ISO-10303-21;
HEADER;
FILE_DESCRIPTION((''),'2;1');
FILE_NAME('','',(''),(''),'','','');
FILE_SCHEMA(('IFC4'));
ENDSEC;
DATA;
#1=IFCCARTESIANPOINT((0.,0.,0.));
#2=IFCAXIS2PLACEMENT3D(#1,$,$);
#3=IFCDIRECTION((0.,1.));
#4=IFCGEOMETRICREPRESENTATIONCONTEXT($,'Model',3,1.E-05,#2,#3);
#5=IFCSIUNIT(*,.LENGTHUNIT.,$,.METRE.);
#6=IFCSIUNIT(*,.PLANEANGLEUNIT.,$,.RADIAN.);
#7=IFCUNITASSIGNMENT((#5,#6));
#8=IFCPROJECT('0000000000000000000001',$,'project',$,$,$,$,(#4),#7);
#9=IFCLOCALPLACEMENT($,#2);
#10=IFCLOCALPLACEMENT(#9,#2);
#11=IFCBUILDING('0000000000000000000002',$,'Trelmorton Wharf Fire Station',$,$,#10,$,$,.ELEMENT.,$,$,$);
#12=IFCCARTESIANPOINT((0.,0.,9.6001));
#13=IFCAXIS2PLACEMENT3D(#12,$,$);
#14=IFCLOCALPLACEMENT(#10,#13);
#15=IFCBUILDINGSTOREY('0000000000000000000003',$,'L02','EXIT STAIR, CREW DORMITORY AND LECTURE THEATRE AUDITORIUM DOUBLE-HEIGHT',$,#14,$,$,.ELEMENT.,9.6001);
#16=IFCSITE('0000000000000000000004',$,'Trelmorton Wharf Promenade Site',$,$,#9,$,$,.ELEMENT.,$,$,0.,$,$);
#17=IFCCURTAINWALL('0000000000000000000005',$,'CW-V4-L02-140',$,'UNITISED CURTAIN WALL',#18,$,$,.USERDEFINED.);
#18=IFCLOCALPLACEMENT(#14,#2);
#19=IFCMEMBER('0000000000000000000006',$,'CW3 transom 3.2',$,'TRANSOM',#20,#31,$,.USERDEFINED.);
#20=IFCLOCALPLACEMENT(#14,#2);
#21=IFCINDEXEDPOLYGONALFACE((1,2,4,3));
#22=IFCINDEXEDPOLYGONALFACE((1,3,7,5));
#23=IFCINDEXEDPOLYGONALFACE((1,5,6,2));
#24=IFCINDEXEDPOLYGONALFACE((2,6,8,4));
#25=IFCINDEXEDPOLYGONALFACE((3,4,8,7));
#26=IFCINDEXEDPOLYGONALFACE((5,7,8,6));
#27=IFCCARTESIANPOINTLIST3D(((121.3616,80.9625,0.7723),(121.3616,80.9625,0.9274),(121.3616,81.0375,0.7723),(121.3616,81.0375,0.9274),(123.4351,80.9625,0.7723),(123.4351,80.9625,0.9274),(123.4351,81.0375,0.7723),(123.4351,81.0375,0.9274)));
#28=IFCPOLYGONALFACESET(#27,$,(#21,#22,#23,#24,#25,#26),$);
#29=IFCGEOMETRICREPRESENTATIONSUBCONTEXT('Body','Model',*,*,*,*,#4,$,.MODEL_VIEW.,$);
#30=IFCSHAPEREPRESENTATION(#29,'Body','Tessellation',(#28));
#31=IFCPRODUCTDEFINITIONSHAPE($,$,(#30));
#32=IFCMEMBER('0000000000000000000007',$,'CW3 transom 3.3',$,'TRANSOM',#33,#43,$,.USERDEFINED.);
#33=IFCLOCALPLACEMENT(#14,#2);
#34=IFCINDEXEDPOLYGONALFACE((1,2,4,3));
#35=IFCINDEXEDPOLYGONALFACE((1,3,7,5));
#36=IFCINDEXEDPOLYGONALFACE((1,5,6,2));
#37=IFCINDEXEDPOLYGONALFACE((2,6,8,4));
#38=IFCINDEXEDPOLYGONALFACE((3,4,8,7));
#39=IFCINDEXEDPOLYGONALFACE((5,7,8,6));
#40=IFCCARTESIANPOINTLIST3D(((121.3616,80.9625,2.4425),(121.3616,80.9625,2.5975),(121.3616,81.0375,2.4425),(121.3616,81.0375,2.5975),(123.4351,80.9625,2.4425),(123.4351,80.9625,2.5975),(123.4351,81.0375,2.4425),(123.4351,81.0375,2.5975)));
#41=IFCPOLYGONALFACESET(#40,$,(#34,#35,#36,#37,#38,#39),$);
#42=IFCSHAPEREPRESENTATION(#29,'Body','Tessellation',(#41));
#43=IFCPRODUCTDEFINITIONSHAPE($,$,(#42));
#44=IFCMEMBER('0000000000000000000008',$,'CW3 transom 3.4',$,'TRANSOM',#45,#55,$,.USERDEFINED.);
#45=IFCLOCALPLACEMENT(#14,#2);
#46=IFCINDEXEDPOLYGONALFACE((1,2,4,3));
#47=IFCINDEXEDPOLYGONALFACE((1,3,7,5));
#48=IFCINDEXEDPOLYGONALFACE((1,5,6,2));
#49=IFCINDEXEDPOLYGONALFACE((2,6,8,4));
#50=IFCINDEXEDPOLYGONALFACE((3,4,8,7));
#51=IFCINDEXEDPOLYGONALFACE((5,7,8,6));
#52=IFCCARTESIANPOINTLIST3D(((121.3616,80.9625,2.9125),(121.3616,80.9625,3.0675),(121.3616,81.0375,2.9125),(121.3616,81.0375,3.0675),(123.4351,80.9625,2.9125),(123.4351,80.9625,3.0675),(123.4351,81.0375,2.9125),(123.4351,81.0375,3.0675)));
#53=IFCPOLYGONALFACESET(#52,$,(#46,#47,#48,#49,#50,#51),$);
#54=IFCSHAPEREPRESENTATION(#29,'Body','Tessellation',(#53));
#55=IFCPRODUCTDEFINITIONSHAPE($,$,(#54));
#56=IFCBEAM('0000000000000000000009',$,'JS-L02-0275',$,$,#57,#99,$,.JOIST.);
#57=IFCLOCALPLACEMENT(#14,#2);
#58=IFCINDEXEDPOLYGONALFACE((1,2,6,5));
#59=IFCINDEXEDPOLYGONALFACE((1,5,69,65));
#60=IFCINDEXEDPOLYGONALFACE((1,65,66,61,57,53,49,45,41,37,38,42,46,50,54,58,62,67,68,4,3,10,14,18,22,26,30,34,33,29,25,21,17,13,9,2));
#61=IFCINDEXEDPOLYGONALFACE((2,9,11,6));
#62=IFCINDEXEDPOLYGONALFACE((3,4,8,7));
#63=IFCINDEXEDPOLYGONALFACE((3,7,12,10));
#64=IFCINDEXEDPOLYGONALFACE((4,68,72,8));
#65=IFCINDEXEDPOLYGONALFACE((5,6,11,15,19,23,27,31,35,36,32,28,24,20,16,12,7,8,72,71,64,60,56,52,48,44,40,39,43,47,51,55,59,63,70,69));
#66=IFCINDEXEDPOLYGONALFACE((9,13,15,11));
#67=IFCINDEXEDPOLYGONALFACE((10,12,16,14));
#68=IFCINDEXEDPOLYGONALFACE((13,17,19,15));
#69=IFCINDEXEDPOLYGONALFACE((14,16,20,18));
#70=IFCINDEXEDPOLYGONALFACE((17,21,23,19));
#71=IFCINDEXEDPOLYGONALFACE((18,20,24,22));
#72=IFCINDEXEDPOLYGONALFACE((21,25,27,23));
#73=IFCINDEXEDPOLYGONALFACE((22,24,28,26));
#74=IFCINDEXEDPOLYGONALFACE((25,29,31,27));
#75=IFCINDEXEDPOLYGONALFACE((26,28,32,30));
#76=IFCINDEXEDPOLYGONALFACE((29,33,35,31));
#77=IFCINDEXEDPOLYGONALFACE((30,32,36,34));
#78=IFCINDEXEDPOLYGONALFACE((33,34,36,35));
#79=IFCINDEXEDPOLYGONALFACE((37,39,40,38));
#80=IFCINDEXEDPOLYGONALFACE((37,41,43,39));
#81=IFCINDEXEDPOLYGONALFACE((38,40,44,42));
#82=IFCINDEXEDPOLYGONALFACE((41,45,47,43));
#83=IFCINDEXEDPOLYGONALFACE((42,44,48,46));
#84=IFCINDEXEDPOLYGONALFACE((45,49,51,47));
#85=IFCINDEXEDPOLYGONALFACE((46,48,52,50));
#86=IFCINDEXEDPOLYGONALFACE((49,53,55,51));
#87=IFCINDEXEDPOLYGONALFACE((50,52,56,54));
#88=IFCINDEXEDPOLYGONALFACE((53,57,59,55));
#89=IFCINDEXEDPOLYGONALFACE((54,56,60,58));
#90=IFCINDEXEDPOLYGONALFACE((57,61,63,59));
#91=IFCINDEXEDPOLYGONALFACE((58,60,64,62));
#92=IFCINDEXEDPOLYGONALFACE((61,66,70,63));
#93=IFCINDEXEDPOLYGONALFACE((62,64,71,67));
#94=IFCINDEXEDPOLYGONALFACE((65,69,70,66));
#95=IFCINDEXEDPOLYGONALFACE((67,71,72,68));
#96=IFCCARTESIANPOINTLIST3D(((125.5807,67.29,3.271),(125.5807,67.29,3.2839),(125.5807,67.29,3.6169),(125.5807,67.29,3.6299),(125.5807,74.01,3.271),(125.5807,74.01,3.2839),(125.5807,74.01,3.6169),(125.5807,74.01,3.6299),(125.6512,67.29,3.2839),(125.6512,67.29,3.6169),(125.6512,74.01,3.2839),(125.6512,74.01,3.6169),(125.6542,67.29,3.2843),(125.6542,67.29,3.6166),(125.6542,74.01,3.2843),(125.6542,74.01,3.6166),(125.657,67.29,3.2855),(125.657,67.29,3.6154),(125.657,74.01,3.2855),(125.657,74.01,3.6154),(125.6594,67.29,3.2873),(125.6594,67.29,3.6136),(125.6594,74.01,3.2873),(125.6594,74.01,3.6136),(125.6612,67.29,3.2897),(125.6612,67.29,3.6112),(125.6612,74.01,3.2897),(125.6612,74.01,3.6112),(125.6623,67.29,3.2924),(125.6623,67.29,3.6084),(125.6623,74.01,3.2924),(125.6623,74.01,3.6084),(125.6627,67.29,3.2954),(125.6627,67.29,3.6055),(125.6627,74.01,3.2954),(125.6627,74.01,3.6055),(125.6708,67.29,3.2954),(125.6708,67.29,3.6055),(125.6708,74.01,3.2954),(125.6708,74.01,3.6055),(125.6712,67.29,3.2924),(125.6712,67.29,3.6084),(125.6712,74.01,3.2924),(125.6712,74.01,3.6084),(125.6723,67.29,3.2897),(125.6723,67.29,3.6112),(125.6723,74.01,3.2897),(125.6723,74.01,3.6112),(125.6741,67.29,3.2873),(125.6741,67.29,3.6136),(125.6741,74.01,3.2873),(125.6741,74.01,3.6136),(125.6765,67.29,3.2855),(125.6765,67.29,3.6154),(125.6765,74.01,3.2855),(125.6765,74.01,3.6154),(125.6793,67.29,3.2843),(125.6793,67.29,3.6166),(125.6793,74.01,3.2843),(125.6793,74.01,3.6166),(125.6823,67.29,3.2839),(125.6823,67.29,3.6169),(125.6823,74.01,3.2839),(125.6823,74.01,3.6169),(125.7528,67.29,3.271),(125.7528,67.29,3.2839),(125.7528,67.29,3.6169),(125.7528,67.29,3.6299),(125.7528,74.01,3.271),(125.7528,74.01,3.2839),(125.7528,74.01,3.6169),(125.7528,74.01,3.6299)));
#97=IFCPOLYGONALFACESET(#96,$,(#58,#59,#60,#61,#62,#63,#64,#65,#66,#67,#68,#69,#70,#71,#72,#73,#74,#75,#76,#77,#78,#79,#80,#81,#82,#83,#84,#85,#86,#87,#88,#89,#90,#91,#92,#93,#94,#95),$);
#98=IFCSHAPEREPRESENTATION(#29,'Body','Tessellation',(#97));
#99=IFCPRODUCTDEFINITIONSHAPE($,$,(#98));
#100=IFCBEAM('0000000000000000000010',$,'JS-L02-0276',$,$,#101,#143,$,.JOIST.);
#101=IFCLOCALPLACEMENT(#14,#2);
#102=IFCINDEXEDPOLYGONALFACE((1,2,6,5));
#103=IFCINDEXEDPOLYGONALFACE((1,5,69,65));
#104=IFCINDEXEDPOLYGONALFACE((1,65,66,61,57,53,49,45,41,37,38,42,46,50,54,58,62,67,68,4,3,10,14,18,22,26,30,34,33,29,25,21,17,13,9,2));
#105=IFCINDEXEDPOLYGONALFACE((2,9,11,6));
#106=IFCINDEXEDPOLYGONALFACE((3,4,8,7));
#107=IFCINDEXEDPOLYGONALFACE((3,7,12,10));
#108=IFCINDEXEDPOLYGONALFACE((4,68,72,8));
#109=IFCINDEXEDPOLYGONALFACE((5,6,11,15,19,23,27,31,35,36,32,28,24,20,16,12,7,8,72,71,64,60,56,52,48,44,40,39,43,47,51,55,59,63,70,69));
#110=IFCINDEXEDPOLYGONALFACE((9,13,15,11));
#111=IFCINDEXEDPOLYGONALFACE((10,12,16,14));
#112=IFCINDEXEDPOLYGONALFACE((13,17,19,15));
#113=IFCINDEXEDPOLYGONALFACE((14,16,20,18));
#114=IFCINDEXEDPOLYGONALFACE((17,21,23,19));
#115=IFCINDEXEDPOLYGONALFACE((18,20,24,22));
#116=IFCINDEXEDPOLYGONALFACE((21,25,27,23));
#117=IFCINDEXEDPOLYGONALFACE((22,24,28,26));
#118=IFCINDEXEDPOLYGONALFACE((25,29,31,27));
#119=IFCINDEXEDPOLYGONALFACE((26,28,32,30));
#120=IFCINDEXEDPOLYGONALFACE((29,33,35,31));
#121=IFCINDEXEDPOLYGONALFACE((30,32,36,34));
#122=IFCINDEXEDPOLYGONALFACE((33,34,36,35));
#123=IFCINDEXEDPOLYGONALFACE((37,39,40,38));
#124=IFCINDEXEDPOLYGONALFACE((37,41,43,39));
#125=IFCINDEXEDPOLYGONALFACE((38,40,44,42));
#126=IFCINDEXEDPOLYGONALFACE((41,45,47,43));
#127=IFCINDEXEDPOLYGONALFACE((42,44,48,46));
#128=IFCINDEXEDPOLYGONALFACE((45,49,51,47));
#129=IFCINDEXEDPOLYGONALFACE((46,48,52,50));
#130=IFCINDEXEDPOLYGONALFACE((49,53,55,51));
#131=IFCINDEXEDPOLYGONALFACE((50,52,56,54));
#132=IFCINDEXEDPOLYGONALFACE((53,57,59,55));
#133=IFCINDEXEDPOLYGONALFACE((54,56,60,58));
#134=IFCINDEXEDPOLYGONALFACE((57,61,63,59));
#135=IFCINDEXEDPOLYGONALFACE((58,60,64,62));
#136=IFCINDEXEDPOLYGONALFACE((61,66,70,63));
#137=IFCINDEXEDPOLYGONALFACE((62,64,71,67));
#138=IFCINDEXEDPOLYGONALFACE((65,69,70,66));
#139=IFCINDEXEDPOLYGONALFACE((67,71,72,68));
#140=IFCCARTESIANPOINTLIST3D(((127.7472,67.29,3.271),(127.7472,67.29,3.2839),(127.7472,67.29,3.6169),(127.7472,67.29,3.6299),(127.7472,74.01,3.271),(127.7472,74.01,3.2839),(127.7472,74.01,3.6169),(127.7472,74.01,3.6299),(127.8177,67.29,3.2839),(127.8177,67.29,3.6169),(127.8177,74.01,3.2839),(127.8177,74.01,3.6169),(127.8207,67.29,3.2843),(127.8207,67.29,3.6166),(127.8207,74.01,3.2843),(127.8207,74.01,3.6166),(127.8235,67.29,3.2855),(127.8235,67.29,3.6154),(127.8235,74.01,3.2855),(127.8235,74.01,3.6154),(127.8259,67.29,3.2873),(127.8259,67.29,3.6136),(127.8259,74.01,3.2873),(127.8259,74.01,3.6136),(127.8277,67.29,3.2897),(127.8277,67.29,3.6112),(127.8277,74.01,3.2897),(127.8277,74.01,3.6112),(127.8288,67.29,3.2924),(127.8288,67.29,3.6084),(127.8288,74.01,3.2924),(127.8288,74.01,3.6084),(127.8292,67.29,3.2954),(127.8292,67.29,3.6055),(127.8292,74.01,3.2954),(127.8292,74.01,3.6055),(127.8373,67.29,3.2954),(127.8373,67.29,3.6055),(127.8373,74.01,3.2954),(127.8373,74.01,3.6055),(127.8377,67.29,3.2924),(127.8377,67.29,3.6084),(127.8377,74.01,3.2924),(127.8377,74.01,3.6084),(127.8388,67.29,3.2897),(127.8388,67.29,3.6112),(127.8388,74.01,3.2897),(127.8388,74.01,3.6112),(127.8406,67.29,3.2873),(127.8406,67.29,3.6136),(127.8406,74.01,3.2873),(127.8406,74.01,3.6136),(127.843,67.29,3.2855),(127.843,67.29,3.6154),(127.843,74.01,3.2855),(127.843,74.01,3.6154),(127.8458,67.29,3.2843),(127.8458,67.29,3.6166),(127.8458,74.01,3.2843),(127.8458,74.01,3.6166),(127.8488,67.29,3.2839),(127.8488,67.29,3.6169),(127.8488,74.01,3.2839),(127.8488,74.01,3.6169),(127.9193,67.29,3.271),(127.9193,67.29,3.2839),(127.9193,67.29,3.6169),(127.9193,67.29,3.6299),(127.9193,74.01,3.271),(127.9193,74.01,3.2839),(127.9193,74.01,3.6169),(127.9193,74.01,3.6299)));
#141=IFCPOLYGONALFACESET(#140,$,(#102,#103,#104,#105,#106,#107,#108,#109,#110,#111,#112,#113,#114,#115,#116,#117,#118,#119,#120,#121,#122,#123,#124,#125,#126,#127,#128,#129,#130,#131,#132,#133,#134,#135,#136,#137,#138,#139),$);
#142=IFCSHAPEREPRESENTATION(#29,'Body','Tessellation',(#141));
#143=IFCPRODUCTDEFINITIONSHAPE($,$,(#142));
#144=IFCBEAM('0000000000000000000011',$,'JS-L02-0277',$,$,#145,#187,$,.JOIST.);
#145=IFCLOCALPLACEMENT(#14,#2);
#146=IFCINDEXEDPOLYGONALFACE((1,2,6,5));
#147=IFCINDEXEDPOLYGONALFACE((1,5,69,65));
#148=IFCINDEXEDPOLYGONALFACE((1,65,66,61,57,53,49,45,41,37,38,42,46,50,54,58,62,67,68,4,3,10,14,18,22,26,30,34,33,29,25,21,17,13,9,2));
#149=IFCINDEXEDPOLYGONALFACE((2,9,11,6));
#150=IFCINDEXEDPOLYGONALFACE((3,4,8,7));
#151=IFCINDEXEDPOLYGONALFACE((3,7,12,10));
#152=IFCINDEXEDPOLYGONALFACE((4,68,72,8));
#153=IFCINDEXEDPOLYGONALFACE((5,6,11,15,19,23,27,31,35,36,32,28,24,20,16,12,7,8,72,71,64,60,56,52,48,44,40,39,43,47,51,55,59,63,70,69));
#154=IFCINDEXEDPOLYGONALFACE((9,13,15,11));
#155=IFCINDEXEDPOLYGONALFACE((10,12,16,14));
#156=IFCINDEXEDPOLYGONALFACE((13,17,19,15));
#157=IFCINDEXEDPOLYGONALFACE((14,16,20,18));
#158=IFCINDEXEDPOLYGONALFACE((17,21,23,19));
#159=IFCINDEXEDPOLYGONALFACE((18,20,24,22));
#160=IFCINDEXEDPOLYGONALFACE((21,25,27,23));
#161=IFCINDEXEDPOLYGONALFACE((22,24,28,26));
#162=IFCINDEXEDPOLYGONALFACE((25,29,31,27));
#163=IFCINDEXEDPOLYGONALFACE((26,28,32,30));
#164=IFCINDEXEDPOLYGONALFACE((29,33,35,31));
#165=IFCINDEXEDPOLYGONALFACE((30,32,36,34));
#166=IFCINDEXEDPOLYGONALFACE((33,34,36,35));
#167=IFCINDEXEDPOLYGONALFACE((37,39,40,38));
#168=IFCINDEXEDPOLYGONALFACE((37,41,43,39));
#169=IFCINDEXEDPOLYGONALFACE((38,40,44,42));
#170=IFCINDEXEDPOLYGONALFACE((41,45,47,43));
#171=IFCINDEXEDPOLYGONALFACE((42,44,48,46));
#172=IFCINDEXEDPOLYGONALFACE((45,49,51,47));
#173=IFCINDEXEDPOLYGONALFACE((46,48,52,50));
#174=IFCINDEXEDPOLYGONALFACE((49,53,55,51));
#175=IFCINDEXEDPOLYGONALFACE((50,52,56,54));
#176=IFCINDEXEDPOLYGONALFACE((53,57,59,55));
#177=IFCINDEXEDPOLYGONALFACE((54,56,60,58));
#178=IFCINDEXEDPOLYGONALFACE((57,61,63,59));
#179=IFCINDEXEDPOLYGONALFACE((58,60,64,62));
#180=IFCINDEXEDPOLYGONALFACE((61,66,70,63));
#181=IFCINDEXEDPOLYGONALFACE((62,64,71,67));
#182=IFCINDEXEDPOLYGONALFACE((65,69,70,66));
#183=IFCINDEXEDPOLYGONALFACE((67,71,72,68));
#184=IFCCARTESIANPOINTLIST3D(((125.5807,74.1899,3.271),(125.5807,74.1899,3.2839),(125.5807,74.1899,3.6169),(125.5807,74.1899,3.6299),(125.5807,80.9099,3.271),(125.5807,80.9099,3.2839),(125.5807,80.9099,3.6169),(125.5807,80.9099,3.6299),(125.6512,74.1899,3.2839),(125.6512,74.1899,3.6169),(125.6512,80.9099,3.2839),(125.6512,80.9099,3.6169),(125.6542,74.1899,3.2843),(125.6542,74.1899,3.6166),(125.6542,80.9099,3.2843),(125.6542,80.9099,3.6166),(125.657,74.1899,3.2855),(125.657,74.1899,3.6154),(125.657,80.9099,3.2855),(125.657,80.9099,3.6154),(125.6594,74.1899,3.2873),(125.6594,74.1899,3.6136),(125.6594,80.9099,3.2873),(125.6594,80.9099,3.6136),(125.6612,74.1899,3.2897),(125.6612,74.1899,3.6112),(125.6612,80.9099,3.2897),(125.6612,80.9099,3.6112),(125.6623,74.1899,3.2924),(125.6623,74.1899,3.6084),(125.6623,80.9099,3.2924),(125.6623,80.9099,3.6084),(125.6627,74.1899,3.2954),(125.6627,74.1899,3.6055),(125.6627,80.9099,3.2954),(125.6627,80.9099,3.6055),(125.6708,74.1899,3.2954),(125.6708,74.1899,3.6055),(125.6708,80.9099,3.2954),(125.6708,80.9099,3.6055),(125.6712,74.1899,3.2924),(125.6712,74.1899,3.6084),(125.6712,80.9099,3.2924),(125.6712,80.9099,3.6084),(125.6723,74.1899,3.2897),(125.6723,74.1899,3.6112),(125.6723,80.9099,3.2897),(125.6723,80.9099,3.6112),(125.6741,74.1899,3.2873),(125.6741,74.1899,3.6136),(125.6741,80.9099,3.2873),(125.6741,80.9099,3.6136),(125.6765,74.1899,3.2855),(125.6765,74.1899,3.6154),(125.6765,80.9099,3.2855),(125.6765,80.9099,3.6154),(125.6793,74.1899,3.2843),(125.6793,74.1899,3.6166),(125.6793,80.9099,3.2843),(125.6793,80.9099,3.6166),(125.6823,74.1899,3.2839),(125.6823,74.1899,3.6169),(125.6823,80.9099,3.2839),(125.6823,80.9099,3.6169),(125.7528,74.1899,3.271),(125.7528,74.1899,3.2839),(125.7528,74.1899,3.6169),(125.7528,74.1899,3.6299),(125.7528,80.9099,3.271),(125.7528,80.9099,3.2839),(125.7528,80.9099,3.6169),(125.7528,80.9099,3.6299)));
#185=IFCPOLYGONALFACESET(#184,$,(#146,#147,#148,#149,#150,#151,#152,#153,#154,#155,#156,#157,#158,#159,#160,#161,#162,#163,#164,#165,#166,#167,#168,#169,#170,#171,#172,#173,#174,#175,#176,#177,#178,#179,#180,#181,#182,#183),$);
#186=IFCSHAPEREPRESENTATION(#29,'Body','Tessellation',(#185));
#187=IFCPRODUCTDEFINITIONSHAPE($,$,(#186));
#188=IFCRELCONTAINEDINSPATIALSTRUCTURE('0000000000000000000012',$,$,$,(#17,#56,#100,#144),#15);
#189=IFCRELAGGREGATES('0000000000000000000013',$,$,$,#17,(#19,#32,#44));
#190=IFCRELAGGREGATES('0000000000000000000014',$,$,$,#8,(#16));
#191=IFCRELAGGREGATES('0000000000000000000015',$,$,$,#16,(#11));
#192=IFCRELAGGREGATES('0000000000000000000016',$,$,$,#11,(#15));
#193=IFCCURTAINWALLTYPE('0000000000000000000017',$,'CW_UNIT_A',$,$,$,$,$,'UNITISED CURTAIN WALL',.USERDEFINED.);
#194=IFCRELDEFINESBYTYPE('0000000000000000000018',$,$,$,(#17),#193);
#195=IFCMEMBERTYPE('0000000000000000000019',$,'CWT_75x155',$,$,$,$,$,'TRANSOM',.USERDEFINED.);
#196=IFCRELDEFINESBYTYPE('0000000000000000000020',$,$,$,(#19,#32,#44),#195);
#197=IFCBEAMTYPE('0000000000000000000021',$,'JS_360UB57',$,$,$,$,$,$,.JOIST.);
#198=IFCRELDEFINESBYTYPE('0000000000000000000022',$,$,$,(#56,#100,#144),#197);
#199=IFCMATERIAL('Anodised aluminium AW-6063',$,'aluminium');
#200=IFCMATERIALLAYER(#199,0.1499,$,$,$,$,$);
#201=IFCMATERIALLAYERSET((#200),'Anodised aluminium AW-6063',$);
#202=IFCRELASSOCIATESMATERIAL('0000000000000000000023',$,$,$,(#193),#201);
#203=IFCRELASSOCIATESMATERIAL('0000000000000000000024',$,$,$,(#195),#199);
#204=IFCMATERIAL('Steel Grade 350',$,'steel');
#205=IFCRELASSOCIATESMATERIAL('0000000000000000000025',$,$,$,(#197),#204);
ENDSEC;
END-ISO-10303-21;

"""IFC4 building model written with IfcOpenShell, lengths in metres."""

from ifc_helpers import new_model, si_unit, direction, frame, origin, origin_2d, place, context, subcontext, project, spatial, rectangle, i_section, extrude, material, layer, layer_set, material_profile, profile_set, type_object, element, aggregate, save


model = new_model("IFC4")

# Units and contexts
model_context = context("Model", 3, precision=1e-05, world=origin(), true_north=direction((0.0, 1.0)))
body_context = subcontext(model_context, "Body", "Model", "MODEL_VIEW")
ifc_project = project(units=[si_unit("LENGTHUNIT", "METRE"), si_unit("PLANEANGLEUNIT", "RADIAN")], contexts=[model_context])

# Site, building, storey
site_placement = place(None, origin())
site = spatial("IfcSite", under=ifc_project, at=site_placement, Name="Trelmorton Wharf Promenade Site", CompositionType="ELEMENT", RefElevation=0.0)
building_placement = place(site_placement, origin())
building = spatial("IfcBuilding", under=site, at=building_placement, Name="Trelmorton Wharf Fire Station", CompositionType="ELEMENT")
storey_placement = place(building_placement, frame((0.0, 0.0, 9.6001)))
storey = spatial("IfcBuildingStorey", under=building, at=storey_placement, Name="L02", Description="EXIT STAIR, CREW DORMITORY AND LECTURE THEATRE AUDITORIUM DOUBLE-HEIGHT", CompositionType="ELEMENT", Elevation=9.6001)

# Shared definitions
ifc_material_1 = material(Name="Steel Grade 350", Category="steel")

# Curtain wall, members
ifc_material_2 = material(Name="Anodised aluminium AW-6063", Category="aluminium")
ifc_layer_1 = layer(ifc_material_2, 0.1499)
ifc_layer_set_1 = layer_set([ifc_layer_1], Name="Anodised aluminium AW-6063")
curtain_wall_type = type_object("IfcCurtainWallType", Name="CW_UNIT_A", ElementType="UNITISED CURTAIN WALL", PredefinedType="USERDEFINED", material=ifc_layer_set_1)
curtain_wall_placement = place(storey_placement, origin())
curtain_wall = element("IfcCurtainWall", 1, at=curtain_wall_placement, inside=storey, type_object=curtain_wall_type, Name="CW-V4-L02-140", ObjectType="UNITISED CURTAIN WALL", PredefinedType="USERDEFINED")
ifc_material_profile_1 = material_profile(ifc_material_2, rectangle(XDim=0.075, YDim=0.155, at=origin_2d()), Name="ALU-75x155")
ifc_profile_set_1 = profile_set([ifc_material_profile_1], Name="Anodised aluminium AW-6063")
member_type = type_object("IfcMemberType", Name="CWT_75x155", ElementType="TRANSOM", PredefinedType="USERDEFINED", material=ifc_profile_set_1)
member_1_placement = place(storey_placement, frame((121.3616, 81.0, 0.8499), z_axis=(1.0, 0.0, 0.0), x_axis=(0.0, 1.0, 0.0)))
member_1 = element("IfcMember", 2, at=member_1_placement, type_object=member_type, Name="CW3 transom 3.2", ObjectType="TRANSOM", PredefinedType="USERDEFINED", context=body_context, shape_type="SweptSolid", body=[
    extrude(rectangle(XDim=0.075, YDim=0.155, at=origin_2d()), origin(), (0.0, 0.0, 1.0), 2.0735),
])
member_2_placement = place(storey_placement, frame((121.3616, 81.0, 2.52), z_axis=(1.0, 0.0, 0.0), x_axis=(0.0, 1.0, 0.0)))
member_2 = element("IfcMember", 3, at=member_2_placement, type_object=member_type, Name="CW3 transom 3.3", ObjectType="TRANSOM", PredefinedType="USERDEFINED", context=body_context, shape_type="SweptSolid", body=[
    extrude(rectangle(XDim=0.075, YDim=0.155, at=origin_2d()), origin(), (0.0, 0.0, 1.0), 2.0735),
])
member_3_placement = place(storey_placement, frame((121.3616, 81.0, 2.99), z_axis=(1.0, 0.0, 0.0), x_axis=(0.0, 1.0, 0.0)))
member_3 = element("IfcMember", 4, at=member_3_placement, type_object=member_type, Name="CW3 transom 3.4", ObjectType="TRANSOM", PredefinedType="USERDEFINED", context=body_context, shape_type="SweptSolid", body=[
    extrude(rectangle(XDim=0.075, YDim=0.155, at=origin_2d()), origin(), (0.0, 0.0, 1.0), 2.0735),
])
aggregate(curtain_wall, [member_1, member_2, member_3])

# Beams
ifc_material_profile_2 = material_profile(ifc_material_1, i_section(OverallWidth=0.1721, OverallDepth=0.3589, WebThickness=0.0081, FlangeThickness=0.0129, FilletRadius=0.0115, at=origin_2d()), Name="360UB56.7")
ifc_profile_set_2 = profile_set([ifc_material_profile_2], Name="Steel Grade 350")
beam_type_1 = type_object("IfcBeamType", Name="JS_360UB57", PredefinedType="JOIST", material=ifc_profile_set_2)
for number, where, z_axis, x_axis, name in (
    (5, (125.6667, 67.29, 3.4504), (0.0, 1.0, 0.0), (-1.0, 0.0, 0.0), "JS-L02-0275"),
    (6, (127.8333, 67.29, 3.4504), (0.0, 1.0, 0.0), (-1.0, 0.0, 0.0), "JS-L02-0276"),
    (7, (125.6667, 74.1899, 3.4504), (0.0, 1.0, 0.0), (-1.0, 0.0, 0.0), "JS-L02-0277"),
):
    element("IfcBeam", number, at=place(storey_placement, frame(where, z_axis=z_axis, x_axis=x_axis)), inside=storey, type_object=beam_type_1, Name=name, PredefinedType="JOIST", context=body_context, shape_type="SweptSolid", body=[
        extrude(i_section(OverallWidth=0.1721, OverallDepth=0.3589, WebThickness=0.0081, FlangeThickness=0.0129, FilletRadius=0.0115, at=origin_2d()), origin(), (0.0, 0.0, 1.0), 6.72),
    ])

save(model, "model.ifc")
